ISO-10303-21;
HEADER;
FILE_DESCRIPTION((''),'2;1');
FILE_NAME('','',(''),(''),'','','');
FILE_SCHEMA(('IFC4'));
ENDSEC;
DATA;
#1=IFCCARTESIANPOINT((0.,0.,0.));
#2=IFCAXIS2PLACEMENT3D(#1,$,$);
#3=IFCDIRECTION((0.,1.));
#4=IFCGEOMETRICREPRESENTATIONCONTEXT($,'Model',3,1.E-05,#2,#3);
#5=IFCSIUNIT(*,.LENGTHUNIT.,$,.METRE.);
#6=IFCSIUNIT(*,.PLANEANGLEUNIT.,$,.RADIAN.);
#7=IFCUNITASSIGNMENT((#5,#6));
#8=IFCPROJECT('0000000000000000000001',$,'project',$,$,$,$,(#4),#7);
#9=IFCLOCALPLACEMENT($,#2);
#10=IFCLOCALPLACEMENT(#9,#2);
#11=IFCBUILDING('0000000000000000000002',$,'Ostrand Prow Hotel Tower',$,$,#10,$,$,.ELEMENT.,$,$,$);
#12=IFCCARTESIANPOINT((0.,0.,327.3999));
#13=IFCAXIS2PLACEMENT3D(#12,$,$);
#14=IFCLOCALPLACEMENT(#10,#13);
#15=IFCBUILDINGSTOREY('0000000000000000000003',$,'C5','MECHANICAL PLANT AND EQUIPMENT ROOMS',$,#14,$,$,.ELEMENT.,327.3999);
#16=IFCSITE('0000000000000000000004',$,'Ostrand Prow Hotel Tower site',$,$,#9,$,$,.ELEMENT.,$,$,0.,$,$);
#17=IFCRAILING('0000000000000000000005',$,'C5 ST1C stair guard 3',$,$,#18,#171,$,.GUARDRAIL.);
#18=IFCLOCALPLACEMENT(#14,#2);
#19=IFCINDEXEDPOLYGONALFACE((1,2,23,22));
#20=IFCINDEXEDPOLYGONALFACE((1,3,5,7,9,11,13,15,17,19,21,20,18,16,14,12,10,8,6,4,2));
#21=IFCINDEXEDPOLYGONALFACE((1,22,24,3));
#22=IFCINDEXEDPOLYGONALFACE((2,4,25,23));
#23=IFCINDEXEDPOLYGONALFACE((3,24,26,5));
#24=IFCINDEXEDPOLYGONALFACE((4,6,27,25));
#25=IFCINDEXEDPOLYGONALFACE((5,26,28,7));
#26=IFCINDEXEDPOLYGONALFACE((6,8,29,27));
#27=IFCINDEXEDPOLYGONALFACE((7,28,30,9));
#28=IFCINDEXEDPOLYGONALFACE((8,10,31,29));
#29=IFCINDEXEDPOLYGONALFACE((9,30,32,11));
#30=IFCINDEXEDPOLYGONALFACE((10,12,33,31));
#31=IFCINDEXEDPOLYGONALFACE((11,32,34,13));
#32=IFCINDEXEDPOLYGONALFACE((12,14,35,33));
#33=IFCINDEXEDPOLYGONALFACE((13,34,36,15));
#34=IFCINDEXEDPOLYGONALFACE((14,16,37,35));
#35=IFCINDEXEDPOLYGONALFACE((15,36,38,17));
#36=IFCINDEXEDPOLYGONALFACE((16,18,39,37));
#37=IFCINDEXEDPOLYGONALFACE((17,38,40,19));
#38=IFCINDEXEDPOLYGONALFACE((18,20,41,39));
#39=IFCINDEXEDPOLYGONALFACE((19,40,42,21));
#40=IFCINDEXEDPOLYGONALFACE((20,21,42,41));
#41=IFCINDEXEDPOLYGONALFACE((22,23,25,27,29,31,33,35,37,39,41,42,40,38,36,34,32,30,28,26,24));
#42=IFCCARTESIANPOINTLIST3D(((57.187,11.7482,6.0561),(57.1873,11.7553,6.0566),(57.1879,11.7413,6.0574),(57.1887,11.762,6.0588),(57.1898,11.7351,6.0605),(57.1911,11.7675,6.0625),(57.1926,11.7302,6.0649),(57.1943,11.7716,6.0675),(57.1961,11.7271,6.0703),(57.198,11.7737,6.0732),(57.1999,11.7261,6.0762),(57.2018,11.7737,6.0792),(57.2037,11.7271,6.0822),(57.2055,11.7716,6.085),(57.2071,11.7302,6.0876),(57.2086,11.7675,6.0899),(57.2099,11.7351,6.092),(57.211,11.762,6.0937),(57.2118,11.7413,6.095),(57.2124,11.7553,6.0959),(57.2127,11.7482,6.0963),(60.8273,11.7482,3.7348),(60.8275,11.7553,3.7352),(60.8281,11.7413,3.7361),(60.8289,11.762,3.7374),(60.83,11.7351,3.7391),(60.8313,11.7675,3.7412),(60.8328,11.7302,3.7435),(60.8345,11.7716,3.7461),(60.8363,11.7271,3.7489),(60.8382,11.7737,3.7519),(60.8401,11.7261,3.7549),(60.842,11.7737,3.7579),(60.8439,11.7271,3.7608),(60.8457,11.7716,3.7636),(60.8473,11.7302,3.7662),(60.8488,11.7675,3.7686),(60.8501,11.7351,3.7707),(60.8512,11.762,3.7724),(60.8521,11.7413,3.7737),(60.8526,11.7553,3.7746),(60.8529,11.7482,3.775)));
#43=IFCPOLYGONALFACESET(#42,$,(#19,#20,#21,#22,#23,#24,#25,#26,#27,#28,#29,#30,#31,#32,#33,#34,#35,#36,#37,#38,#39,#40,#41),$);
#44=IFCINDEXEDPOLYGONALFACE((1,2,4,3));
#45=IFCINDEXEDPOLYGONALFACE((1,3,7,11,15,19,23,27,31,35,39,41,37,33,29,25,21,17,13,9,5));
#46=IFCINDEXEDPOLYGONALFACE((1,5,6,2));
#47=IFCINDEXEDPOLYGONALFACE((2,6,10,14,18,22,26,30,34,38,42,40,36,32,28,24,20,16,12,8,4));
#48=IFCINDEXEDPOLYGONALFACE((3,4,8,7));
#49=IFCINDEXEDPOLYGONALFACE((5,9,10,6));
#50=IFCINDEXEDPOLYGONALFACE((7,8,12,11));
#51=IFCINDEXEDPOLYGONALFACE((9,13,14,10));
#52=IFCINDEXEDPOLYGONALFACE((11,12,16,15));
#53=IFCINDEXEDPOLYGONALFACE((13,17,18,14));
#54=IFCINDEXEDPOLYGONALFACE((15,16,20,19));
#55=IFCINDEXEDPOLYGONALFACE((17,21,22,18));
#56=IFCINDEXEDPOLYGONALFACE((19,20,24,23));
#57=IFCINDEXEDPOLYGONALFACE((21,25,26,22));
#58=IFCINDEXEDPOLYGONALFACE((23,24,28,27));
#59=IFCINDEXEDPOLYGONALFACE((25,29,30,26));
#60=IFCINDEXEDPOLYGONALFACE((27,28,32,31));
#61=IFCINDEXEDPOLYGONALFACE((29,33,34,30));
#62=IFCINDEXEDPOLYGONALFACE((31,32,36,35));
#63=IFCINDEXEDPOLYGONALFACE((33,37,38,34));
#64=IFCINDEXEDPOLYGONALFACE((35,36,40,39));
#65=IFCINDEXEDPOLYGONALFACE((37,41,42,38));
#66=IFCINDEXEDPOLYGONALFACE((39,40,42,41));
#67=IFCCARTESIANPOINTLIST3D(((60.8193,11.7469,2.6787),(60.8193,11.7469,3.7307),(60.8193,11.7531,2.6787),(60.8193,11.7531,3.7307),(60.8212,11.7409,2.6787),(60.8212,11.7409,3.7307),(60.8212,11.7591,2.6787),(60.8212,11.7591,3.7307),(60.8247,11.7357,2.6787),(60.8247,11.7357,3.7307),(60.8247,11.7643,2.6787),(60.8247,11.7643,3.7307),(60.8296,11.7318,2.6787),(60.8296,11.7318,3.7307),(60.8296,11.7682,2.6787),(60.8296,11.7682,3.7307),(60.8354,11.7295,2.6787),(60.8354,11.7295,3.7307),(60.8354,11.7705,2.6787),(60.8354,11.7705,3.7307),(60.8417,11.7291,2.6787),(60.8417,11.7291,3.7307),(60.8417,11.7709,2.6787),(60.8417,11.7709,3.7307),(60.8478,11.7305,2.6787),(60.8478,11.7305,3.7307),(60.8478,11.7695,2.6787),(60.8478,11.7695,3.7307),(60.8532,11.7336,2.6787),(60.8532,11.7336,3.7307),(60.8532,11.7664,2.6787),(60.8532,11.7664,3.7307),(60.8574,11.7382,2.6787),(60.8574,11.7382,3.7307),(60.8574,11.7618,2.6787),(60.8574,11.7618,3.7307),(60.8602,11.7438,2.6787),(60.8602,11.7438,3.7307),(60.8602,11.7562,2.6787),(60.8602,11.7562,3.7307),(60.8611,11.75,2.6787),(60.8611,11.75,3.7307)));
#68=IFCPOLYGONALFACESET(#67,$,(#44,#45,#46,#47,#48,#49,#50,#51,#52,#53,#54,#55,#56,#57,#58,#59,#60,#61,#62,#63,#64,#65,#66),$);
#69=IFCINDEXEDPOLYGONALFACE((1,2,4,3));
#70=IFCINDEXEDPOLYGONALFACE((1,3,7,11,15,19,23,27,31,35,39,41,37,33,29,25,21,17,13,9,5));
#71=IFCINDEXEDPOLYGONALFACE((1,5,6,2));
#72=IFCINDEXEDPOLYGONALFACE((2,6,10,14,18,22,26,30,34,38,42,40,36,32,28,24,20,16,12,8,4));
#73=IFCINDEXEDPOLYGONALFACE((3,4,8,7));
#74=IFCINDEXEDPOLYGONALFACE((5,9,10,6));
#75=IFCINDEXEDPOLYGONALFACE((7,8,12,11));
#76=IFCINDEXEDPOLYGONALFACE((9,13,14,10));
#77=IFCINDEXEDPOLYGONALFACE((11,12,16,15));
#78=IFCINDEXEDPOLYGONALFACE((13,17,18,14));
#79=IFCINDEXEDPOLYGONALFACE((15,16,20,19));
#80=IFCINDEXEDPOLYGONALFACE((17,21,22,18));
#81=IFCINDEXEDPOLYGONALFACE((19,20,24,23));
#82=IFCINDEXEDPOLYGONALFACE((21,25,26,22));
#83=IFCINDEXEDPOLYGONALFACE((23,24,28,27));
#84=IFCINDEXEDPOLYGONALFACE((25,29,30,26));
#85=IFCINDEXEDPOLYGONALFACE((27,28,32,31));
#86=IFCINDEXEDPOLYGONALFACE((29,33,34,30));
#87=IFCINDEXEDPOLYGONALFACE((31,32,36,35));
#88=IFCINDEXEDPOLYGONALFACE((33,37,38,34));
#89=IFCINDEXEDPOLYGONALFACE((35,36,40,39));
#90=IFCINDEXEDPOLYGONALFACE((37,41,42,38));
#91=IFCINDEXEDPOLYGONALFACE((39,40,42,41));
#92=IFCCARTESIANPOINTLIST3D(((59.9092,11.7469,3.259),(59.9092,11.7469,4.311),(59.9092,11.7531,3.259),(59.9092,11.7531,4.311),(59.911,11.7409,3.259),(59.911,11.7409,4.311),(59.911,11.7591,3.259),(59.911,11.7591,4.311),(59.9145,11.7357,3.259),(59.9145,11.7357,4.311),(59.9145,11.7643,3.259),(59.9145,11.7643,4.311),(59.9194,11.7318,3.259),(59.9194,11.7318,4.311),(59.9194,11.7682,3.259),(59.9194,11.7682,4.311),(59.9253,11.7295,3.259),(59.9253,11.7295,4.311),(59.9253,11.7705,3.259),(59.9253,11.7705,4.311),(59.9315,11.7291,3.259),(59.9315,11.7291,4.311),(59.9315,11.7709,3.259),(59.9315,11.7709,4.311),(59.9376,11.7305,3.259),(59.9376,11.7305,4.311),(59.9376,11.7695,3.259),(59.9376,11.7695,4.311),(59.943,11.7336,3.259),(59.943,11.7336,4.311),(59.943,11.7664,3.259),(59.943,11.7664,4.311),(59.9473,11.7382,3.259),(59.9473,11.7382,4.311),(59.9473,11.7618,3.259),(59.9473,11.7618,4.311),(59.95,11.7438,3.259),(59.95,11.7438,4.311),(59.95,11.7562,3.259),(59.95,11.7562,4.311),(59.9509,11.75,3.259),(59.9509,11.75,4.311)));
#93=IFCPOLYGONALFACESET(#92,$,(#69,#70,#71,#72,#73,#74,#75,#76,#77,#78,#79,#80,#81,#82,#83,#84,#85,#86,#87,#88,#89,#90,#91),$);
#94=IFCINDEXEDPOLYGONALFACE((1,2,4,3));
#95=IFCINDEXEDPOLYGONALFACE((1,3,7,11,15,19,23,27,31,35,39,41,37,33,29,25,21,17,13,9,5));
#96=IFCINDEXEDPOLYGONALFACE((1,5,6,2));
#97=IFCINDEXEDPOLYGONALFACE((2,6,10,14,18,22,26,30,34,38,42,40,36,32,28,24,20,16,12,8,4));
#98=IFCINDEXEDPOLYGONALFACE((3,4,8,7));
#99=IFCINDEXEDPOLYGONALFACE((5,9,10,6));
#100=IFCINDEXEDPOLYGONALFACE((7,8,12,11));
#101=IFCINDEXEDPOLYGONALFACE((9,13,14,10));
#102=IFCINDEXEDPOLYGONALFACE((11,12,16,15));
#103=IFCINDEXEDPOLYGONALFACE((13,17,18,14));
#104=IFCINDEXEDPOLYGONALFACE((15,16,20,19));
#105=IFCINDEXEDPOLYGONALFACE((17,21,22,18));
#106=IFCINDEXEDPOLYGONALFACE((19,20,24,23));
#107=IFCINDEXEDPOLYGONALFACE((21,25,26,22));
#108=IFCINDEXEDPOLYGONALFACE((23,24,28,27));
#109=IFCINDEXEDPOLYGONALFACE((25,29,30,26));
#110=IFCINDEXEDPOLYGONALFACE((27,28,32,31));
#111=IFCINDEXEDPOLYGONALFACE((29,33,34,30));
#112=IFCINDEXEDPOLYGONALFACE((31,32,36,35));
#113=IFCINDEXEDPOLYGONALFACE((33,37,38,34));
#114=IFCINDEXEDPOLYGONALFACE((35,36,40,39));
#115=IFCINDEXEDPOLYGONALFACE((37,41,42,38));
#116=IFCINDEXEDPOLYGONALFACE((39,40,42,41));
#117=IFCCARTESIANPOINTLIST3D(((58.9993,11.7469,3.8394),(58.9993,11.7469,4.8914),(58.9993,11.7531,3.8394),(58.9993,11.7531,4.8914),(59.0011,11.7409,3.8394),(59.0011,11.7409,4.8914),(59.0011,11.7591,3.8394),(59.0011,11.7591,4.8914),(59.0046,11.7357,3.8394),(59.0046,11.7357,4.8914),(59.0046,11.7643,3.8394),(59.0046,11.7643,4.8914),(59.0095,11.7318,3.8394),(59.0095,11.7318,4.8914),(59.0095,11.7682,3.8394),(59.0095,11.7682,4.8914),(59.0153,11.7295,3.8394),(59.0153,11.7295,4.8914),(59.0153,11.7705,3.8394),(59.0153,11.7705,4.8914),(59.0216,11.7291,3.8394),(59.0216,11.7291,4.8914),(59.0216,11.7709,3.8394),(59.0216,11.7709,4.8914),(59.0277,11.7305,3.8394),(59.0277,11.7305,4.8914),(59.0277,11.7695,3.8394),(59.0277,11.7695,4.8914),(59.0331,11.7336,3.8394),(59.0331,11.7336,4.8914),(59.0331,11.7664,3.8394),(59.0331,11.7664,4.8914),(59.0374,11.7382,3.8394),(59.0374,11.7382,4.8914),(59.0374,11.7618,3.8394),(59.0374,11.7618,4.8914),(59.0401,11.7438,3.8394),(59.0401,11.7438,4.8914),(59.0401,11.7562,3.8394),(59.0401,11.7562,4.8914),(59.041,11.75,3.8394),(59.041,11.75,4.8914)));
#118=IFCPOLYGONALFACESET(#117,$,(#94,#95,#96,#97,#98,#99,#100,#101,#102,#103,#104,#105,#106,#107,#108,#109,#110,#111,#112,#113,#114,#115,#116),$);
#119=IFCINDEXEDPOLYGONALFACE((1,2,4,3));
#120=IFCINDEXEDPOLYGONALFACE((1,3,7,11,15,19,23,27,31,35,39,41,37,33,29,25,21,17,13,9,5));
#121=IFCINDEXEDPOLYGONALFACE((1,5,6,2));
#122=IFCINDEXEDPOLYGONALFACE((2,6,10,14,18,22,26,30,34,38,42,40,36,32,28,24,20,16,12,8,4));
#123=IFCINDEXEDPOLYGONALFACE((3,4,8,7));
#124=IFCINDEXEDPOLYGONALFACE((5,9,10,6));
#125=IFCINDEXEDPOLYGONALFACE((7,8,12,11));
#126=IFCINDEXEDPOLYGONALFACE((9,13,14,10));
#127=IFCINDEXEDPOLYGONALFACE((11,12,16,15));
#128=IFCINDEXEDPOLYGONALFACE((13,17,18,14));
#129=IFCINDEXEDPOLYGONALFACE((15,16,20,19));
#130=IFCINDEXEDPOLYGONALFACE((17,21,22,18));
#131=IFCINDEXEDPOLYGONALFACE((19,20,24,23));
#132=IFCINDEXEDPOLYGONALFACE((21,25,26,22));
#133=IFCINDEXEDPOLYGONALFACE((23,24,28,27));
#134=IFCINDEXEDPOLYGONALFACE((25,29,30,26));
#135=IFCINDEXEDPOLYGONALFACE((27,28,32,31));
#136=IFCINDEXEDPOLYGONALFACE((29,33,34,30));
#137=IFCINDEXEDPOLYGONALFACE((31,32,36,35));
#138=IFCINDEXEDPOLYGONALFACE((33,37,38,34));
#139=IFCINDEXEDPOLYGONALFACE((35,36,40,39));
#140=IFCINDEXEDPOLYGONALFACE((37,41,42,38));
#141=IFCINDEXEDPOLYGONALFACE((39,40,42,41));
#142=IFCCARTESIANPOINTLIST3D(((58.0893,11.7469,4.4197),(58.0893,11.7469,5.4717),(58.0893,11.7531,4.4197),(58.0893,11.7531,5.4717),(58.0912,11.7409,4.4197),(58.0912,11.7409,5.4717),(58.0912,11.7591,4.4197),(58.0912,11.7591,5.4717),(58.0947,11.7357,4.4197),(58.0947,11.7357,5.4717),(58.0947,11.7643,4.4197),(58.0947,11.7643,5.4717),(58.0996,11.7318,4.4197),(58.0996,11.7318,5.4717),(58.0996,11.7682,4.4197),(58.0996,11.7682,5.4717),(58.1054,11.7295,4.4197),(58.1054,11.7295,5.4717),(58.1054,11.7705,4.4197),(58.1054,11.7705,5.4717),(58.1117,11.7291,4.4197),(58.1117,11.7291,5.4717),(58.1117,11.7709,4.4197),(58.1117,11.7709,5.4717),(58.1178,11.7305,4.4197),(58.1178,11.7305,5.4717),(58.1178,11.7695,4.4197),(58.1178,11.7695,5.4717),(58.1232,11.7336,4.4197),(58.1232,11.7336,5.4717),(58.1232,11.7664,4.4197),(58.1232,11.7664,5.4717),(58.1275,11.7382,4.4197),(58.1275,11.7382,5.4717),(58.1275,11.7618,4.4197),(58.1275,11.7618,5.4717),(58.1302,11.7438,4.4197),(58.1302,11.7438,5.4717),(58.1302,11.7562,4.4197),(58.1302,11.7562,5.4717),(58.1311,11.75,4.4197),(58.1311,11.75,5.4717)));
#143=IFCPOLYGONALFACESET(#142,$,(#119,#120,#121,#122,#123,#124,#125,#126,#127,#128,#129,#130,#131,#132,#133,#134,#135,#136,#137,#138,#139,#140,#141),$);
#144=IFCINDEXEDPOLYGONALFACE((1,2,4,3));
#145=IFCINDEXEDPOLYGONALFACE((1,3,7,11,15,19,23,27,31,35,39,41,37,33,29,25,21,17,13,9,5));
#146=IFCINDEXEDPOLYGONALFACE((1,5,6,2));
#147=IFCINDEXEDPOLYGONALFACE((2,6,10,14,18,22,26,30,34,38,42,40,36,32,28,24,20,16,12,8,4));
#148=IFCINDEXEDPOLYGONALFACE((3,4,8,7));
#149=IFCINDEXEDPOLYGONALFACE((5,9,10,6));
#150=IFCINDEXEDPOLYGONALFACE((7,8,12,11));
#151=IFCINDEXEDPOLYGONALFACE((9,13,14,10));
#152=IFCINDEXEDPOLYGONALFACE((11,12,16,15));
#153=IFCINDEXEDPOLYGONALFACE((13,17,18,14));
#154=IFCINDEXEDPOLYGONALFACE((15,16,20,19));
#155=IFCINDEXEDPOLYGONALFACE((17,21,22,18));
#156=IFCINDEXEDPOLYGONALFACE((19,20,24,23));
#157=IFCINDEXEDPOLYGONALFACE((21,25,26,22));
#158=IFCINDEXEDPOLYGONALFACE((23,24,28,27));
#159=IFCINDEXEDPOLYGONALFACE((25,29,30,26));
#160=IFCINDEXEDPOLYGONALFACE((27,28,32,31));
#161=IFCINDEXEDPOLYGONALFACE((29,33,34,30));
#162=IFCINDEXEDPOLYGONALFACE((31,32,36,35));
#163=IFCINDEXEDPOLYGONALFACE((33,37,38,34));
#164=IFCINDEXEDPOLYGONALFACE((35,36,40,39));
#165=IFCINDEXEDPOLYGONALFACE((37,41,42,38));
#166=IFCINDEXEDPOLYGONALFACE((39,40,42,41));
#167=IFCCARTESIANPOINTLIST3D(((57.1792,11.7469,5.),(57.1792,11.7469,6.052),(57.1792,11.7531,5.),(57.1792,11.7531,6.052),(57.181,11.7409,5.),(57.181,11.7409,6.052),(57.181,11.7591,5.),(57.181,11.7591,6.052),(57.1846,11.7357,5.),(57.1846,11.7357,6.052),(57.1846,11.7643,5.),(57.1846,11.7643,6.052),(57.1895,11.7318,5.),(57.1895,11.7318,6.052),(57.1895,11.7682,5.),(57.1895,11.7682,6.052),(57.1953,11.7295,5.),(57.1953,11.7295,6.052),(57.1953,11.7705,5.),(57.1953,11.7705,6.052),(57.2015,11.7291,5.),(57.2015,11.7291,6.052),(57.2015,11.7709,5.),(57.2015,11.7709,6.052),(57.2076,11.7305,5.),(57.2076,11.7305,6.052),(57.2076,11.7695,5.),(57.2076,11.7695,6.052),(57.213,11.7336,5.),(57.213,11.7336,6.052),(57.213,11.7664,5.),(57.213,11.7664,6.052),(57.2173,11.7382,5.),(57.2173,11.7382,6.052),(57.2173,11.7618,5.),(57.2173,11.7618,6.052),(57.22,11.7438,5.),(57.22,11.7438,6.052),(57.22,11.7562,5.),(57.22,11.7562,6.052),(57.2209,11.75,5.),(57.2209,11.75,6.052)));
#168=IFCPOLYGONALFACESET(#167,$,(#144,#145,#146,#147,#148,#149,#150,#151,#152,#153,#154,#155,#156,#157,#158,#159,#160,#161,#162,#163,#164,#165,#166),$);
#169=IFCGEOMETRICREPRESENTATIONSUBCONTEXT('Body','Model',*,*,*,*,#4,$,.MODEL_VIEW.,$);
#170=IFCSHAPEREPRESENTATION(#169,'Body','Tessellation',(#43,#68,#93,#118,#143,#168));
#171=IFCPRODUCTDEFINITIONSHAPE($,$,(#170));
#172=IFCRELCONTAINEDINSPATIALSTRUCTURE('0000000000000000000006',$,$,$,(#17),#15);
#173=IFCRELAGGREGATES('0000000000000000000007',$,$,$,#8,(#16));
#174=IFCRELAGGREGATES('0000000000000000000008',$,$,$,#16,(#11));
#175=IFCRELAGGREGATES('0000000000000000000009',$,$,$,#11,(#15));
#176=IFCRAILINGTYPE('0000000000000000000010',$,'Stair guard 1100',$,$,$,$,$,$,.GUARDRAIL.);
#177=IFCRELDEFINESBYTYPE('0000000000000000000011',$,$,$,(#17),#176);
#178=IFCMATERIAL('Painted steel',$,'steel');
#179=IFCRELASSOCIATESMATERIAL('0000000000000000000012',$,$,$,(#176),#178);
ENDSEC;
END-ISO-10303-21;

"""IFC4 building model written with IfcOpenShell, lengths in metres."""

from ifc_helpers import new_model, si_unit, direction, frame, origin, origin_2d, place, context, subcontext, project, spatial, circle, extrude, material, type_object, element, save


model = new_model("IFC4")

# Units and contexts
model_context = context("Model", 3, precision=1e-05, world=origin(), true_north=direction((0.0, 1.0)))
body_context = subcontext(model_context, "Body", "Model", "MODEL_VIEW")
ifc_project = project(units=[si_unit("LENGTHUNIT", "METRE"), si_unit("PLANEANGLEUNIT", "RADIAN")], contexts=[model_context])

# Site, building, storey
site_placement = place(None, origin())
site = spatial("IfcSite", under=ifc_project, at=site_placement, Name="Ostrand Prow Hotel Tower site", CompositionType="ELEMENT", RefElevation=0.0)
building_placement = place(site_placement, origin())
building = spatial("IfcBuilding", under=site, at=building_placement, Name="Ostrand Prow Hotel Tower", CompositionType="ELEMENT")
storey_placement = place(building_placement, frame((0.0, 0.0, 327.3999)))
storey = spatial("IfcBuildingStorey", under=building, at=storey_placement, Name="C5", Description="MECHANICAL PLANT AND EQUIPMENT ROOMS", CompositionType="ELEMENT", Elevation=327.3999)

# Railing
ifc_material_1 = material(Name="Painted steel", Category="steel")
railing_type = type_object("IfcRailingType", Name="Stair guard 1100", PredefinedType="GUARDRAIL", material=ifc_material_1)
railing_1_placement = place(storey_placement, frame((60.8401, 11.75, 2.6787)))
element("IfcRailing", 1, at=railing_1_placement, inside=storey, type_object=railing_type, Name="C5 ST1C stair guard 3", PredefinedType="GUARDRAIL", context=body_context, shape_type="SweptSolid", body=[
    extrude(circle(Radius=0.0239, at=origin_2d()), frame((0.0, 0.0, 1.0762), z_axis=(-0.843153, 0.0, 0.537673), x_axis=(0.0, -1.0, 0.0)), (0.0, 0.0, 1.0), 4.3174),
    extrude(circle(Radius=0.021, at=origin_2d()), origin(), (0.0, 0.0, 1.0), 1.052),
    extrude(circle(Radius=0.021, at=origin_2d()), frame((-0.9102, 0.0, 0.5803)), (0.0, 0.0, 1.0), 1.052),
    extrude(circle(Radius=0.021, at=origin_2d()), frame((-1.8201, 0.0, 1.1606)), (0.0, 0.0, 1.0), 1.052),
    extrude(circle(Radius=0.021, at=origin_2d()), frame((-2.73, 0.0, 1.741)), (0.0, 0.0, 1.0), 1.052),
    extrude(circle(Radius=0.021, at=origin_2d()), frame((-3.6401, 0.0, 2.3213)), (0.0, 0.0, 1.0), 1.052),
])

save(model, "model.ifc")
